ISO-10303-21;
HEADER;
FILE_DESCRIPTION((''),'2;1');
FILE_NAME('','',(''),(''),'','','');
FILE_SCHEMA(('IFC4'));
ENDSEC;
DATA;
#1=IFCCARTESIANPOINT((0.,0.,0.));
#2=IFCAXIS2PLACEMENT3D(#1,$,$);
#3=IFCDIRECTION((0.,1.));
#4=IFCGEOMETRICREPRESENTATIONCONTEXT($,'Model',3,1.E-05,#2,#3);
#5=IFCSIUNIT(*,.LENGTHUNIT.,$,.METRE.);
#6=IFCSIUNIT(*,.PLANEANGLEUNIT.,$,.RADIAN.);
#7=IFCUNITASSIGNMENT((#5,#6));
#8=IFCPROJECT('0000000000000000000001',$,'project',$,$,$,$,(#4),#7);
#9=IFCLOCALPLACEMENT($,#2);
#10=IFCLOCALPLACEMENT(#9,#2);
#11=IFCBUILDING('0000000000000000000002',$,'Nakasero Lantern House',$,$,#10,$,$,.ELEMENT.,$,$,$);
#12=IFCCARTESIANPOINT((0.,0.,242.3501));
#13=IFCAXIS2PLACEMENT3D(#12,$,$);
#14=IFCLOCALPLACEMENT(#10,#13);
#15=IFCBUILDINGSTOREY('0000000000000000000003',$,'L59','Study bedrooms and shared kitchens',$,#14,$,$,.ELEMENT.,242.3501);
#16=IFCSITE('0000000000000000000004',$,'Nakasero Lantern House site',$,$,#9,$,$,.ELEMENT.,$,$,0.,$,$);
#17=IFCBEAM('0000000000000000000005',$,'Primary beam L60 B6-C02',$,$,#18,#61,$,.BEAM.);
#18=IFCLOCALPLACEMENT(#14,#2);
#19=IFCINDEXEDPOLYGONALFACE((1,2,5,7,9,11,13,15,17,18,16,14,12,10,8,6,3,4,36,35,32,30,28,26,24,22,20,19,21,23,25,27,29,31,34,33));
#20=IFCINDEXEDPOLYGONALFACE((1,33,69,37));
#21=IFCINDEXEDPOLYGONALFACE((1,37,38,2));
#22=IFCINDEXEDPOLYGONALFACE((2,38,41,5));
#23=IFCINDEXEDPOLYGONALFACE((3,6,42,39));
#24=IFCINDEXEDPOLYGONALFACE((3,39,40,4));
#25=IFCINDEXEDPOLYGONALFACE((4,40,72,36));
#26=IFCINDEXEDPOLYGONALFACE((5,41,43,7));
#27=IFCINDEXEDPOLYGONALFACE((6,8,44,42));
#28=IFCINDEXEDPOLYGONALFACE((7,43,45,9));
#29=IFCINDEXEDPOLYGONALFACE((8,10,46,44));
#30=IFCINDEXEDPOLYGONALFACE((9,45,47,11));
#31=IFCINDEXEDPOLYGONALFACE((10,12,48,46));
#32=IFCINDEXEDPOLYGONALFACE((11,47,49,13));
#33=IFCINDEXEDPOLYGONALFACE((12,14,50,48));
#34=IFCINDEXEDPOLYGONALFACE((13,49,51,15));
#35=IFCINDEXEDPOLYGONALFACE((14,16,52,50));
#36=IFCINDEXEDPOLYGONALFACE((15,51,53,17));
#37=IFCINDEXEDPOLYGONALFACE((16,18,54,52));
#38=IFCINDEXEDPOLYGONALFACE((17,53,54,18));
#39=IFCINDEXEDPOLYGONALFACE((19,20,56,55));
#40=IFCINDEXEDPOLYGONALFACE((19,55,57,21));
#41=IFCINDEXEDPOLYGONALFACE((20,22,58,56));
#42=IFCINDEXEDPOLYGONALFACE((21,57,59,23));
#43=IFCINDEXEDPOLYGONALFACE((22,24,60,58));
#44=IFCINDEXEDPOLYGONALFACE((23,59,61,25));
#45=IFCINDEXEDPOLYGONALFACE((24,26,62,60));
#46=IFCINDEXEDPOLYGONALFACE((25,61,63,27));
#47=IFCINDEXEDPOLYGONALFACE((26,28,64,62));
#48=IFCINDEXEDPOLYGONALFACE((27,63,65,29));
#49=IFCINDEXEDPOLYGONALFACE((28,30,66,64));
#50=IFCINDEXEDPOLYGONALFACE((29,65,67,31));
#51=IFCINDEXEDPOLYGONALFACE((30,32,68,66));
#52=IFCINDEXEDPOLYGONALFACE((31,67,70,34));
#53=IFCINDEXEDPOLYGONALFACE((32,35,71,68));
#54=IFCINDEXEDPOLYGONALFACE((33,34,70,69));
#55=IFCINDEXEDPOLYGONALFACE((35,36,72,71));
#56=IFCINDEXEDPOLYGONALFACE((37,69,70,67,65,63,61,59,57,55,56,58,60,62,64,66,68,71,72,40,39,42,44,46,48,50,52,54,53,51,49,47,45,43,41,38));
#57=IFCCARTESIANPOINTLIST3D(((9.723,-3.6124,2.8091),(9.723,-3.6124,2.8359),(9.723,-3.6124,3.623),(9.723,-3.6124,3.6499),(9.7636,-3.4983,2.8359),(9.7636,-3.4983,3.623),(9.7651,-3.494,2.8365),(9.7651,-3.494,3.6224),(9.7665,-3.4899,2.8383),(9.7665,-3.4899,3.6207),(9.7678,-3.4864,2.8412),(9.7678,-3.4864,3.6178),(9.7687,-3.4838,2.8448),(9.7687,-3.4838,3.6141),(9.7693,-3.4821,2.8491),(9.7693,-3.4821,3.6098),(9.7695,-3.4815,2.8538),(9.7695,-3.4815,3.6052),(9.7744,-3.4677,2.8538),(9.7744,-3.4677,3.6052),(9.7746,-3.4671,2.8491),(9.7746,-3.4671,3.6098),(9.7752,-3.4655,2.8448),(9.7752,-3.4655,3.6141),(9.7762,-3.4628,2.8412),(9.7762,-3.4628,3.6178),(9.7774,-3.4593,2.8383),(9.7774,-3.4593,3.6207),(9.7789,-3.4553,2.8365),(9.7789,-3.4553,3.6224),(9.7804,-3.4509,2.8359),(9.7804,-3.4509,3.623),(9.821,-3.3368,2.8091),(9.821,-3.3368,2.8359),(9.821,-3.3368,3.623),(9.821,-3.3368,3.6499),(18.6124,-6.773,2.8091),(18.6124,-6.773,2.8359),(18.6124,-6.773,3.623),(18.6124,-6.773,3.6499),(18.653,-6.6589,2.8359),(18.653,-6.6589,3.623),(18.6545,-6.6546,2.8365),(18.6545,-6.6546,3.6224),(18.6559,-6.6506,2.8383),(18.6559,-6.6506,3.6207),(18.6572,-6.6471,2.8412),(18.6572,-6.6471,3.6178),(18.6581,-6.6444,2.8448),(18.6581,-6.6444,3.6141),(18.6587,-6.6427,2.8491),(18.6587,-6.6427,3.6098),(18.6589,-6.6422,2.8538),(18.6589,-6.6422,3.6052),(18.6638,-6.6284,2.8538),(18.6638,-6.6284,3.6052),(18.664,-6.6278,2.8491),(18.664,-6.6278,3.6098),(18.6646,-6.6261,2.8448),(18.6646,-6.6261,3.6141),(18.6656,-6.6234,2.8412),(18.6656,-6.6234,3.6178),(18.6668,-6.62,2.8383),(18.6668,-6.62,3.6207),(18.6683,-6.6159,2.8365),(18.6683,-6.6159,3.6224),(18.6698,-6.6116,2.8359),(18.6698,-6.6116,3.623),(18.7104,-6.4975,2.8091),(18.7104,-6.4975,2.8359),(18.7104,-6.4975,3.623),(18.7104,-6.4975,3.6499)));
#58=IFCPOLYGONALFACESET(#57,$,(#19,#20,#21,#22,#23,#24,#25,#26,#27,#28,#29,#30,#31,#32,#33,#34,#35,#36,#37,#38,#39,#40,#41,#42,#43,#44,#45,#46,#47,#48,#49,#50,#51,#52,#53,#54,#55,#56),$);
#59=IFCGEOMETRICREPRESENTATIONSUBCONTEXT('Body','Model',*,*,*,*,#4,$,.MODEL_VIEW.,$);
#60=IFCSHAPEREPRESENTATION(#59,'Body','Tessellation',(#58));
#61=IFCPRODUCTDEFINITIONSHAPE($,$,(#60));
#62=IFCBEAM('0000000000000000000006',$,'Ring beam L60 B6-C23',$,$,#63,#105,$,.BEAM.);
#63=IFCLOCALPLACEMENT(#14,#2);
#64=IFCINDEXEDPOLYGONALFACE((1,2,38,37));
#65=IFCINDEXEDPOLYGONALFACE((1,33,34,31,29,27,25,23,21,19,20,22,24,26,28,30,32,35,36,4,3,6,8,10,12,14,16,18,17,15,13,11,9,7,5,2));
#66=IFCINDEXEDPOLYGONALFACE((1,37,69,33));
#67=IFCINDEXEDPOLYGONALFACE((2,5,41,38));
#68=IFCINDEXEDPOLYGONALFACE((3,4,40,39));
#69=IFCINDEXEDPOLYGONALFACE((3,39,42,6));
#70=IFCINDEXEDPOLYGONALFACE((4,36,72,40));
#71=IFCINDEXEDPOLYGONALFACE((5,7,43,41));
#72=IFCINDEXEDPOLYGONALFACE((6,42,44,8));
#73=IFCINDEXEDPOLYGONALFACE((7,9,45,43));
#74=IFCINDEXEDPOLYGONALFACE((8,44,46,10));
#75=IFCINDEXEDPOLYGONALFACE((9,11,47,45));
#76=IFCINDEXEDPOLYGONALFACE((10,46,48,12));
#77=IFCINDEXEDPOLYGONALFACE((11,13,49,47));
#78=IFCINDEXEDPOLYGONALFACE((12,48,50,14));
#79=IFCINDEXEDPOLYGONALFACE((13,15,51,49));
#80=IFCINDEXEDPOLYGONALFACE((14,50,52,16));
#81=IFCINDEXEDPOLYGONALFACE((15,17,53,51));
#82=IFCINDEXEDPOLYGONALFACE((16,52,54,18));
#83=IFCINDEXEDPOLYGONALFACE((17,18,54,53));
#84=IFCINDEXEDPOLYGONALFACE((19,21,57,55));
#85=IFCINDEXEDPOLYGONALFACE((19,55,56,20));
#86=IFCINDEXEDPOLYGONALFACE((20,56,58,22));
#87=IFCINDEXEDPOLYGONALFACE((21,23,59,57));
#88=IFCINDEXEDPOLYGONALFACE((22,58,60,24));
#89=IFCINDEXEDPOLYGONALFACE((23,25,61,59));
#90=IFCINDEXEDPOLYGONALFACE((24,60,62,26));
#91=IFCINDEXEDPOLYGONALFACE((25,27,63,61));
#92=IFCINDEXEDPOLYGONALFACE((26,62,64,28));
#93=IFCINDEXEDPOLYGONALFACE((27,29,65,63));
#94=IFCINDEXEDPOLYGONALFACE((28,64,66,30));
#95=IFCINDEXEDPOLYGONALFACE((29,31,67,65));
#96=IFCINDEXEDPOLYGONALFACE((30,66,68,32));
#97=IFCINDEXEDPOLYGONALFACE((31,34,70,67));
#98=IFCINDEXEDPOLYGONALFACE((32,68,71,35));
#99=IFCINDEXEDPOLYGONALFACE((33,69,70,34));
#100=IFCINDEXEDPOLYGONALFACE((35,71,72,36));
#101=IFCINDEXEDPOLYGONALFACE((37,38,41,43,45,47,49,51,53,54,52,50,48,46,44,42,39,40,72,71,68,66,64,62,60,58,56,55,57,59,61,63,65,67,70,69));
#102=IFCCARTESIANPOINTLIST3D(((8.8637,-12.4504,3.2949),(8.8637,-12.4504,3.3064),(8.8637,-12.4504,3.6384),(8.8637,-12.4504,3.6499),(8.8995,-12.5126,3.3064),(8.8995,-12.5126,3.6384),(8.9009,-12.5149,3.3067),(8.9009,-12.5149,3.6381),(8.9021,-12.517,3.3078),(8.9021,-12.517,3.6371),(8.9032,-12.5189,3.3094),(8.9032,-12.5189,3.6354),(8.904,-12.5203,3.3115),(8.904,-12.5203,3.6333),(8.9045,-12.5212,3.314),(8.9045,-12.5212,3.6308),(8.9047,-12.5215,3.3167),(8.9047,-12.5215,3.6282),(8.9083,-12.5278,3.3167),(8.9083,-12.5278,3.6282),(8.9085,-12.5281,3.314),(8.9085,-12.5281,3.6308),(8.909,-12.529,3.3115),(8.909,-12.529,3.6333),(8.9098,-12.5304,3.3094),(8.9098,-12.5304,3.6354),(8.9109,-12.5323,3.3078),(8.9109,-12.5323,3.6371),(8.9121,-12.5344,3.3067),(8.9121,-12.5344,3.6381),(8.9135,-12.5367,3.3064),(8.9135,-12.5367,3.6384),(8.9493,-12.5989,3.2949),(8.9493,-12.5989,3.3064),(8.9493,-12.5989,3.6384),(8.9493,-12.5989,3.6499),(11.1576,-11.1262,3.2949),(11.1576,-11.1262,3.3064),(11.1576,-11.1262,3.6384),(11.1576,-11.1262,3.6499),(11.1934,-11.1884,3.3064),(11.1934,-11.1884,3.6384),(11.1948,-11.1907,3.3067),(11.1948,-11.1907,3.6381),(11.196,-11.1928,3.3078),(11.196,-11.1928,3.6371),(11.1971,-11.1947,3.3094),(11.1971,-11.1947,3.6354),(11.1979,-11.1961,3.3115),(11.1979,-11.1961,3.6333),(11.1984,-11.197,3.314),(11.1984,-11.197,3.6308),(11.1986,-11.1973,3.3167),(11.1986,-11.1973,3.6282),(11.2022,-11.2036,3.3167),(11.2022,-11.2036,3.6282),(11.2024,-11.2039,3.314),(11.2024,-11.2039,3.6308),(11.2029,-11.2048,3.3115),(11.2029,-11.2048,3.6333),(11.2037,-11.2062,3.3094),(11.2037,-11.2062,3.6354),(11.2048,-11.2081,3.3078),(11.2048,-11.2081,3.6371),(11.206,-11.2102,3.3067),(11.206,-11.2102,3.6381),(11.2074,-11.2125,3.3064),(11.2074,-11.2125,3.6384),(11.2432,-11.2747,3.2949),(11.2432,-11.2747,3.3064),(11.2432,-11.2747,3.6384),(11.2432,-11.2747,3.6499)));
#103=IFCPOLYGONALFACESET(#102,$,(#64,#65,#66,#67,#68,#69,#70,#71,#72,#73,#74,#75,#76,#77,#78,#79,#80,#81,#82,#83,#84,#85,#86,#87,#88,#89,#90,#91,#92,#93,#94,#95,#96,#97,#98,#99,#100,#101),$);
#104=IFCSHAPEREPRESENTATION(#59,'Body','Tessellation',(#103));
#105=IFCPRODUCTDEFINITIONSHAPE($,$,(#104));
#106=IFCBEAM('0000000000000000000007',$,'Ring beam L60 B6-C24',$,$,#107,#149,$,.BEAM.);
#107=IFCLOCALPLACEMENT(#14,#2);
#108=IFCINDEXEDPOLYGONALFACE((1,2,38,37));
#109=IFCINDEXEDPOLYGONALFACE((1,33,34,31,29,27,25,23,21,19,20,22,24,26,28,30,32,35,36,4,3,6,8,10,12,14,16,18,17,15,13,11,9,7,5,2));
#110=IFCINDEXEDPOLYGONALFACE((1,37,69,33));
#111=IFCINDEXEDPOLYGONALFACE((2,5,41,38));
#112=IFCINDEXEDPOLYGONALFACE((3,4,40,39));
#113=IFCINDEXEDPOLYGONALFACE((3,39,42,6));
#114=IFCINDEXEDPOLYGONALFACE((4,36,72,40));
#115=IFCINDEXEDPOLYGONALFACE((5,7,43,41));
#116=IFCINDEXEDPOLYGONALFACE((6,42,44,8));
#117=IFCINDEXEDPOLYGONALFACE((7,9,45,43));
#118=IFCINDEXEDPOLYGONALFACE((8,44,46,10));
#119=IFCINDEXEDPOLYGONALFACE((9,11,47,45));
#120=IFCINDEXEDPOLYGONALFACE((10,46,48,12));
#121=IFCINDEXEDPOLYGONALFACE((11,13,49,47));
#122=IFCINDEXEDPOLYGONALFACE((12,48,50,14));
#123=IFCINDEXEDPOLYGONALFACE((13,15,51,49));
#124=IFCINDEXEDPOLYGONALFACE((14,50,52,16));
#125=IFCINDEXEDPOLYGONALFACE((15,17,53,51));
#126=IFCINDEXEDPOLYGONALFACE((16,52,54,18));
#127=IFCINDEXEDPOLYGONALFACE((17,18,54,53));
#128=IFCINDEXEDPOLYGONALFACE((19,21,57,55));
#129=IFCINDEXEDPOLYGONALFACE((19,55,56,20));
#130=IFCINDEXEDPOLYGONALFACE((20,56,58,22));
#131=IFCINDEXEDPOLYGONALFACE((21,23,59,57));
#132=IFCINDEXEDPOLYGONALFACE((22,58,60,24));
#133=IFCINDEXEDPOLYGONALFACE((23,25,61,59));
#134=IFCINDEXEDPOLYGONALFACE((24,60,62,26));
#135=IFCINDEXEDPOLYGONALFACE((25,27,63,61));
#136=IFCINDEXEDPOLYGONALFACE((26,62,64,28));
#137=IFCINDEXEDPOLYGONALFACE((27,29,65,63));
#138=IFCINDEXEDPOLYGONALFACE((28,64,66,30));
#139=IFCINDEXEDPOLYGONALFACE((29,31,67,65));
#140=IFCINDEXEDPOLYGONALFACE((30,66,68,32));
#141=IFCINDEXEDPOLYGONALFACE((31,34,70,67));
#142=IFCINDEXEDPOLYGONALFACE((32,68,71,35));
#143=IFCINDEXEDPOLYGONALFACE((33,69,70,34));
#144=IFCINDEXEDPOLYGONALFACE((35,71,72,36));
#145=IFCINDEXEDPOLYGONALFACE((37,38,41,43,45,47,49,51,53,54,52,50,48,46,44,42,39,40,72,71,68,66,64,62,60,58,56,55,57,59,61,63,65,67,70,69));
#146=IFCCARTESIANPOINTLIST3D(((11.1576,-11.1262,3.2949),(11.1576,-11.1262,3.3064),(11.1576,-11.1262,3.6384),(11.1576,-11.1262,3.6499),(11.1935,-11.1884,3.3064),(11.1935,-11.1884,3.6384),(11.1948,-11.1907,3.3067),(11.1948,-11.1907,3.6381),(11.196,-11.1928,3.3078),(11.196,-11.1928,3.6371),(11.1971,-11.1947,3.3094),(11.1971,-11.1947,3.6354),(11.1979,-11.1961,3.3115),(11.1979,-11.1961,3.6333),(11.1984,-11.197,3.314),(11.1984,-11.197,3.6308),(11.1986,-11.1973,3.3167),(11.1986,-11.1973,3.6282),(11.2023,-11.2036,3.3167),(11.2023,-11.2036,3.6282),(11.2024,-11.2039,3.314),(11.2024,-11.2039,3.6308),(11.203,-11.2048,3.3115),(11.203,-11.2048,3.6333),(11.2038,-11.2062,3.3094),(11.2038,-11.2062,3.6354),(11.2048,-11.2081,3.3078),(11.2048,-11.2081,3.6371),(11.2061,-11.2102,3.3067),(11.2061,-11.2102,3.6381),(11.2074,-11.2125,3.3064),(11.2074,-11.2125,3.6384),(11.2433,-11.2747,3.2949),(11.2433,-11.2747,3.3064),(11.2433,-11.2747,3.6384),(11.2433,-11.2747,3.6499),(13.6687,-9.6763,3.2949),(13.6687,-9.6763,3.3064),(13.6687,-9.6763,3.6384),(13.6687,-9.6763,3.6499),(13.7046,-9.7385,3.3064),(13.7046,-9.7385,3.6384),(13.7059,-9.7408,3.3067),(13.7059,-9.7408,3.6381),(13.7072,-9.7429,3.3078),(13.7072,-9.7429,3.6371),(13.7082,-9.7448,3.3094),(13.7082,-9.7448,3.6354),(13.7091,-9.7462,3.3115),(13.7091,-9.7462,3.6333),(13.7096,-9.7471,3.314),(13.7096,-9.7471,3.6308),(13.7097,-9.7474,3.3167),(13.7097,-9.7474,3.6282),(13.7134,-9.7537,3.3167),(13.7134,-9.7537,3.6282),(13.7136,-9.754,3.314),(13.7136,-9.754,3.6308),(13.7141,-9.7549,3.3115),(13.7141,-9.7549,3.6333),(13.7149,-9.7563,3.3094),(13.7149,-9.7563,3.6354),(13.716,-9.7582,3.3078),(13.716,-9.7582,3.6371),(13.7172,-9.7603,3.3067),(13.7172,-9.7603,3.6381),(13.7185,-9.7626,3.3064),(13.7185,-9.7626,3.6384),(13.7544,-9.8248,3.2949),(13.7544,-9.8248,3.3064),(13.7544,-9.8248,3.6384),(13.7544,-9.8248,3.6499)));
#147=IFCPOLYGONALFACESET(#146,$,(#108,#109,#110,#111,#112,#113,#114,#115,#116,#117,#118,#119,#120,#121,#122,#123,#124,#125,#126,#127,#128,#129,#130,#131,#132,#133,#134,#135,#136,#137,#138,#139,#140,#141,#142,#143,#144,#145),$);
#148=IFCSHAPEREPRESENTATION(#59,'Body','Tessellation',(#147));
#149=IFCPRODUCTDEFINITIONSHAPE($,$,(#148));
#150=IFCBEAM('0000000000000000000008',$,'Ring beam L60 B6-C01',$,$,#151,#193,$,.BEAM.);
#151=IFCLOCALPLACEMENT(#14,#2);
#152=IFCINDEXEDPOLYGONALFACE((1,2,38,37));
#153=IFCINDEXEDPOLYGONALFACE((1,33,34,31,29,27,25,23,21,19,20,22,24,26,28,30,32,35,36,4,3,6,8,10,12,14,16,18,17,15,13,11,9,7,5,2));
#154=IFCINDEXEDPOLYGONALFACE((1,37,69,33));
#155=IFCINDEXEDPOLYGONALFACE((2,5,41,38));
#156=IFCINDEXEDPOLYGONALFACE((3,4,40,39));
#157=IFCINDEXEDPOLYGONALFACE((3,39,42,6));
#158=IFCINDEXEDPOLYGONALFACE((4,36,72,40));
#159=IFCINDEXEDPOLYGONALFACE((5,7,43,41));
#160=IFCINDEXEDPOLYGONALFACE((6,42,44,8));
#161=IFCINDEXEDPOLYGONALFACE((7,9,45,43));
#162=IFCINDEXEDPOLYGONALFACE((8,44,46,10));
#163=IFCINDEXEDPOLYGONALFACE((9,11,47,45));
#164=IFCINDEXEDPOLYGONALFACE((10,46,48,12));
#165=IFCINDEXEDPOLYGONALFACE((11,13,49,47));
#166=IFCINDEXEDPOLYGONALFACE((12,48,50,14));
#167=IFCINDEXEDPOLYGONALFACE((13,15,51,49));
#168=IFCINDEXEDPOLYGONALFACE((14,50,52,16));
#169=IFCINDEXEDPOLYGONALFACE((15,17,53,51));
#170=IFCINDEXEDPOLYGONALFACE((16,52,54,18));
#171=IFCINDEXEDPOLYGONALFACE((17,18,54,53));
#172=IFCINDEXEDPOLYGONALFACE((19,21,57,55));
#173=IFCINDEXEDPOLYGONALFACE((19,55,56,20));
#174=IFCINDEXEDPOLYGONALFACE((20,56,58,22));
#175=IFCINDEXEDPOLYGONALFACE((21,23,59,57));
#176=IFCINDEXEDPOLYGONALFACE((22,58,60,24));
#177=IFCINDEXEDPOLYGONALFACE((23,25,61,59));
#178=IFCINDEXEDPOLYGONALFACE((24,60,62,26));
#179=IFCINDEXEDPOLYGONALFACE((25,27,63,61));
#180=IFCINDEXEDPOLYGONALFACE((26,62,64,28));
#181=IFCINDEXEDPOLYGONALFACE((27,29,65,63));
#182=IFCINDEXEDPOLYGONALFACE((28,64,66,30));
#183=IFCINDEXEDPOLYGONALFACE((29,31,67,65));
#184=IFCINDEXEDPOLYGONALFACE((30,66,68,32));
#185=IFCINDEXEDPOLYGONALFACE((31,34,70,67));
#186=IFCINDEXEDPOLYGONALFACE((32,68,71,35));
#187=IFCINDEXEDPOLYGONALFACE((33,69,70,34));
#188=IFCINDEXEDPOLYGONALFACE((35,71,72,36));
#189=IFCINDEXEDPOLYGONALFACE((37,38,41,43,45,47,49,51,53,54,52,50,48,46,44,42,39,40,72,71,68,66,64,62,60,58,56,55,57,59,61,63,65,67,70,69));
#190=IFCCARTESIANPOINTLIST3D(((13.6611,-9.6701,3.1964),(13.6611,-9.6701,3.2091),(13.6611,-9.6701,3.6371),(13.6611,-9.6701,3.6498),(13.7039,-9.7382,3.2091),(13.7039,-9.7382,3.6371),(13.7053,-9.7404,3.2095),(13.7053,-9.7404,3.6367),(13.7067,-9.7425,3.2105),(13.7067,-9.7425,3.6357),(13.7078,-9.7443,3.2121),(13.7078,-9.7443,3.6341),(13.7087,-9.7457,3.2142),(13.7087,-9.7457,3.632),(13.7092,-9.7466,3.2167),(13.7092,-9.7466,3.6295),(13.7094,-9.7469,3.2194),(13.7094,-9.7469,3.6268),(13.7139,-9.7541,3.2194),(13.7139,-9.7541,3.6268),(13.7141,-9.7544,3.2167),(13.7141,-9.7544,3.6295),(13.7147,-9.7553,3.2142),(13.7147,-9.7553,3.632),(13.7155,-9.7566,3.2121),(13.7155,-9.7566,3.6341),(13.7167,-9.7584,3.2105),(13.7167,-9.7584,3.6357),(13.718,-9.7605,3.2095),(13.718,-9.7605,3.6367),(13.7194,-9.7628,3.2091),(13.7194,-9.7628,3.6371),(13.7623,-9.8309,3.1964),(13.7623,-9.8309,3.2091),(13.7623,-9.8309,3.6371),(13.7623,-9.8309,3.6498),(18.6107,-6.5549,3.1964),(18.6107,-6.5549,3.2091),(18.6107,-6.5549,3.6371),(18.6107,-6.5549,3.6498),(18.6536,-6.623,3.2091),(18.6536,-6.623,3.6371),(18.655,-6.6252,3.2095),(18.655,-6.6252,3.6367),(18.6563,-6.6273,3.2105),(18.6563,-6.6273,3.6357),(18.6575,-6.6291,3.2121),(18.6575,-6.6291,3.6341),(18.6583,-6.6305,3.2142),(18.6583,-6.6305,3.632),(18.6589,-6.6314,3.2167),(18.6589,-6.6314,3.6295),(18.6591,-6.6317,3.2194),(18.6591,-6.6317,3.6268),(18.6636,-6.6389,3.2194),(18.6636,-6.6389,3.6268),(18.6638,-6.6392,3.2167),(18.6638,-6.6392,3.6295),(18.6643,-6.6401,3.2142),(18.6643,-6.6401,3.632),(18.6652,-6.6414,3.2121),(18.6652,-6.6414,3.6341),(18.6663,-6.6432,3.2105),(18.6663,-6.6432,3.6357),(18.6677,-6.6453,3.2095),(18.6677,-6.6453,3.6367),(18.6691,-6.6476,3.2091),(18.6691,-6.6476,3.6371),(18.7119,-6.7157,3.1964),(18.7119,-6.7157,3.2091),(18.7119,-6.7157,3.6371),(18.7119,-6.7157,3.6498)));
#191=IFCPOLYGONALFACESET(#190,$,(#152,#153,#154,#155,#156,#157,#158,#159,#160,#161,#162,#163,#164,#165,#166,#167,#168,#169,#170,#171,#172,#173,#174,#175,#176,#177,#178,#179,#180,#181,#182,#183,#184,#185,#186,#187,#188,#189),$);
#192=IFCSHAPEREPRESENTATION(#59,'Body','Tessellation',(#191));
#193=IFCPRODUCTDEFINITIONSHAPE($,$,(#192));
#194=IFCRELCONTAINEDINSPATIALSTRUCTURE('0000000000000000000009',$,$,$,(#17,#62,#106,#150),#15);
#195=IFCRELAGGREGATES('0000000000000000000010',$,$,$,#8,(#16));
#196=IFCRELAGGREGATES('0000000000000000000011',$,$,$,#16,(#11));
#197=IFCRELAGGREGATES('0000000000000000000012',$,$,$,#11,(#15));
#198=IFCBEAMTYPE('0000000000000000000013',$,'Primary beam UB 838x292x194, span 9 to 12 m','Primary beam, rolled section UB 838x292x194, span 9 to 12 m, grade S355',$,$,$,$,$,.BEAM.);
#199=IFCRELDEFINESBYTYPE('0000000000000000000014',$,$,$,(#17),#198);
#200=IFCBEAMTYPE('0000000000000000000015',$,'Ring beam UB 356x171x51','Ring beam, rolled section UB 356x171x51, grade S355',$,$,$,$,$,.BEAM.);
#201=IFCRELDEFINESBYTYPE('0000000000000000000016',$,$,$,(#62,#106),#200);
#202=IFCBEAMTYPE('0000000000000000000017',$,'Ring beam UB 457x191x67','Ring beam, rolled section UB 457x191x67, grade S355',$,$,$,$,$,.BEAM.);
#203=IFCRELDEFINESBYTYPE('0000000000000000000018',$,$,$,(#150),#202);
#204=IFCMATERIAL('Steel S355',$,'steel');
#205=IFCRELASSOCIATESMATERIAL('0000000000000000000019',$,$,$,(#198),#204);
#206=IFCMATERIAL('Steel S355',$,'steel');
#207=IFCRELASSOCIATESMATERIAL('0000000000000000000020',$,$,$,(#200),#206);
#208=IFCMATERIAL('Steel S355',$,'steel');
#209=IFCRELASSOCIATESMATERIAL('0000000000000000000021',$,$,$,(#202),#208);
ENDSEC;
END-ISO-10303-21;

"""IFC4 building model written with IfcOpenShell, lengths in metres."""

from ifc_helpers import new_model, si_unit, direction, frame, origin, origin_2d, place, context, subcontext, project, spatial, i_section, extrude, material, material_profile, profile_set, type_object, element, save


model = new_model("IFC4")

# Units and contexts
model_context = context("Model", 3, precision=1e-05, world=origin(), true_north=direction((0.0, 1.0)))
body_context = subcontext(model_context, "Body", "Model", "MODEL_VIEW")
ifc_project = project(units=[si_unit("LENGTHUNIT", "METRE"), si_unit("PLANEANGLEUNIT", "RADIAN")], contexts=[model_context])

# Site, building, storey
site_placement = place(None, origin())
site = spatial("IfcSite", under=ifc_project, at=site_placement, Name="Nakasero Lantern House site", CompositionType="ELEMENT", RefElevation=0.0)
building_placement = place(site_placement, origin())
building = spatial("IfcBuilding", under=site, at=building_placement, Name="Nakasero Lantern House", CompositionType="ELEMENT")
storey_placement = place(building_placement, frame((0.0, 0.0, 242.3501)))
storey = spatial("IfcBuildingStorey", under=building, at=storey_placement, Name="L59", Description="Study bedrooms and shared kitchens", CompositionType="ELEMENT", Elevation=242.3501)

# Beams
ifc_material_1 = material(Name="Steel S355", Category="steel")
ifc_material_profile_1 = material_profile(ifc_material_1, i_section(OverallWidth=0.2925, OverallDepth=0.8408, WebThickness=0.0146, FlangeThickness=0.0269, FilletRadius=0.0178, at=origin_2d()), Name="UB 838x292x194")
ifc_profile_set_1 = profile_set([ifc_material_profile_1], Name="Steel S355")
beam_type_1 = type_object("IfcBeamType", Name="Primary beam UB 838x292x194, span 9 to 12 m", Description="Primary beam, rolled section UB 838x292x194, span 9 to 12 m, grade S355", PredefinedType="BEAM", material=ifc_profile_set_1)
beam_1_placement = place(storey_placement, frame((18.6614, -6.6353, 3.2295), z_axis=(-0.942216, 0.335007, 0.0), x_axis=(-0.335007, -0.942216, 0.0)))
element("IfcBeam", 1, at=beam_1_placement, inside=storey, type_object=beam_type_1, Name="Primary beam L60 B6-C02", PredefinedType="BEAM", context=body_context, shape_type="SweptSolid", body=[
    extrude(i_section(OverallWidth=0.2925, OverallDepth=0.8408, WebThickness=0.0146, FlangeThickness=0.0269, FilletRadius=0.0178, at=origin_2d()), origin(), (0.0, 0.0, 1.0), 9.4346),
])
ifc_material_2 = material(Name="Steel S355", Category="steel")
ifc_material_profile_2 = material_profile(ifc_material_2, i_section(OverallWidth=0.1714, OverallDepth=0.355, WebThickness=0.0073, FlangeThickness=0.0115, FilletRadius=0.0103, at=origin_2d()), Name="UB 356x171x51")
ifc_profile_set_2 = profile_set([ifc_material_profile_2], Name="Steel S355")
beam_type_2 = type_object("IfcBeamType", Name="Ring beam UB 356x171x51", Description="Ring beam, rolled section UB 356x171x51, grade S355", PredefinedType="BEAM", material=ifc_profile_set_2)
beam_2_placement = place(storey_placement, frame((8.9065, -12.5247, 3.4724), z_axis=(0.866057, 0.499946, 0.0), x_axis=(-0.499946, 0.866057, 0.0)))
element("IfcBeam", 2, at=beam_2_placement, inside=storey, type_object=beam_type_2, Name="Ring beam L60 B6-C23", PredefinedType="BEAM", context=body_context, shape_type="SweptSolid", body=[
    extrude(i_section(OverallWidth=0.1714, OverallDepth=0.355, WebThickness=0.0073, FlangeThickness=0.0115, FilletRadius=0.0103, at=origin_2d()), origin(), (0.0, 0.0, 1.0), 2.6487),
])
beam_3_placement = place(storey_placement, frame((11.2004, -11.2004, 3.4724), z_axis=(0.866012, 0.500024, 0.0), x_axis=(-0.500024, 0.866012, 0.0)))
element("IfcBeam", 3, at=beam_3_placement, inside=storey, type_object=beam_type_2, Name="Ring beam L60 B6-C24", PredefinedType="BEAM", context=body_context, shape_type="SweptSolid", body=[
    extrude(i_section(OverallWidth=0.1714, OverallDepth=0.355, WebThickness=0.0073, FlangeThickness=0.0115, FilletRadius=0.0103, at=origin_2d()), origin(), (0.0, 0.0, 1.0), 2.8997),
])
ifc_material_3 = material(Name="Steel S355", Category="steel")
ifc_material_profile_3 = material_profile(ifc_material_3, i_section(OverallWidth=0.1899, OverallDepth=0.4534, WebThickness=0.0085, FlangeThickness=0.0127, FilletRadius=0.0103, at=origin_2d()), Name="UB 457x191x67")
ifc_profile_set_3 = profile_set([ifc_material_profile_3], Name="Steel S355")
beam_type_3 = type_object("IfcBeamType", Name="Ring beam UB 457x191x67", Description="Ring beam, rolled section UB 457x191x67, grade S355", PredefinedType="BEAM", material=ifc_profile_set_3)
beam_4_placement = place(storey_placement, frame((13.7117, -9.7505, 3.4231), z_axis=(0.846329, 0.53266, 0.0), x_axis=(-0.53266, 0.846329, 0.0)))
element("IfcBeam", 4, at=beam_4_placement, inside=storey, type_object=beam_type_3, Name="Ring beam L60 B6-C01", PredefinedType="BEAM", context=body_context, shape_type="SweptSolid", body=[
    extrude(i_section(OverallWidth=0.1899, OverallDepth=0.4534, WebThickness=0.0085, FlangeThickness=0.0127, FilletRadius=0.0103, at=origin_2d()), origin(), (0.0, 0.0, 1.0), 5.8484),
])

save(model, "model.ifc")
